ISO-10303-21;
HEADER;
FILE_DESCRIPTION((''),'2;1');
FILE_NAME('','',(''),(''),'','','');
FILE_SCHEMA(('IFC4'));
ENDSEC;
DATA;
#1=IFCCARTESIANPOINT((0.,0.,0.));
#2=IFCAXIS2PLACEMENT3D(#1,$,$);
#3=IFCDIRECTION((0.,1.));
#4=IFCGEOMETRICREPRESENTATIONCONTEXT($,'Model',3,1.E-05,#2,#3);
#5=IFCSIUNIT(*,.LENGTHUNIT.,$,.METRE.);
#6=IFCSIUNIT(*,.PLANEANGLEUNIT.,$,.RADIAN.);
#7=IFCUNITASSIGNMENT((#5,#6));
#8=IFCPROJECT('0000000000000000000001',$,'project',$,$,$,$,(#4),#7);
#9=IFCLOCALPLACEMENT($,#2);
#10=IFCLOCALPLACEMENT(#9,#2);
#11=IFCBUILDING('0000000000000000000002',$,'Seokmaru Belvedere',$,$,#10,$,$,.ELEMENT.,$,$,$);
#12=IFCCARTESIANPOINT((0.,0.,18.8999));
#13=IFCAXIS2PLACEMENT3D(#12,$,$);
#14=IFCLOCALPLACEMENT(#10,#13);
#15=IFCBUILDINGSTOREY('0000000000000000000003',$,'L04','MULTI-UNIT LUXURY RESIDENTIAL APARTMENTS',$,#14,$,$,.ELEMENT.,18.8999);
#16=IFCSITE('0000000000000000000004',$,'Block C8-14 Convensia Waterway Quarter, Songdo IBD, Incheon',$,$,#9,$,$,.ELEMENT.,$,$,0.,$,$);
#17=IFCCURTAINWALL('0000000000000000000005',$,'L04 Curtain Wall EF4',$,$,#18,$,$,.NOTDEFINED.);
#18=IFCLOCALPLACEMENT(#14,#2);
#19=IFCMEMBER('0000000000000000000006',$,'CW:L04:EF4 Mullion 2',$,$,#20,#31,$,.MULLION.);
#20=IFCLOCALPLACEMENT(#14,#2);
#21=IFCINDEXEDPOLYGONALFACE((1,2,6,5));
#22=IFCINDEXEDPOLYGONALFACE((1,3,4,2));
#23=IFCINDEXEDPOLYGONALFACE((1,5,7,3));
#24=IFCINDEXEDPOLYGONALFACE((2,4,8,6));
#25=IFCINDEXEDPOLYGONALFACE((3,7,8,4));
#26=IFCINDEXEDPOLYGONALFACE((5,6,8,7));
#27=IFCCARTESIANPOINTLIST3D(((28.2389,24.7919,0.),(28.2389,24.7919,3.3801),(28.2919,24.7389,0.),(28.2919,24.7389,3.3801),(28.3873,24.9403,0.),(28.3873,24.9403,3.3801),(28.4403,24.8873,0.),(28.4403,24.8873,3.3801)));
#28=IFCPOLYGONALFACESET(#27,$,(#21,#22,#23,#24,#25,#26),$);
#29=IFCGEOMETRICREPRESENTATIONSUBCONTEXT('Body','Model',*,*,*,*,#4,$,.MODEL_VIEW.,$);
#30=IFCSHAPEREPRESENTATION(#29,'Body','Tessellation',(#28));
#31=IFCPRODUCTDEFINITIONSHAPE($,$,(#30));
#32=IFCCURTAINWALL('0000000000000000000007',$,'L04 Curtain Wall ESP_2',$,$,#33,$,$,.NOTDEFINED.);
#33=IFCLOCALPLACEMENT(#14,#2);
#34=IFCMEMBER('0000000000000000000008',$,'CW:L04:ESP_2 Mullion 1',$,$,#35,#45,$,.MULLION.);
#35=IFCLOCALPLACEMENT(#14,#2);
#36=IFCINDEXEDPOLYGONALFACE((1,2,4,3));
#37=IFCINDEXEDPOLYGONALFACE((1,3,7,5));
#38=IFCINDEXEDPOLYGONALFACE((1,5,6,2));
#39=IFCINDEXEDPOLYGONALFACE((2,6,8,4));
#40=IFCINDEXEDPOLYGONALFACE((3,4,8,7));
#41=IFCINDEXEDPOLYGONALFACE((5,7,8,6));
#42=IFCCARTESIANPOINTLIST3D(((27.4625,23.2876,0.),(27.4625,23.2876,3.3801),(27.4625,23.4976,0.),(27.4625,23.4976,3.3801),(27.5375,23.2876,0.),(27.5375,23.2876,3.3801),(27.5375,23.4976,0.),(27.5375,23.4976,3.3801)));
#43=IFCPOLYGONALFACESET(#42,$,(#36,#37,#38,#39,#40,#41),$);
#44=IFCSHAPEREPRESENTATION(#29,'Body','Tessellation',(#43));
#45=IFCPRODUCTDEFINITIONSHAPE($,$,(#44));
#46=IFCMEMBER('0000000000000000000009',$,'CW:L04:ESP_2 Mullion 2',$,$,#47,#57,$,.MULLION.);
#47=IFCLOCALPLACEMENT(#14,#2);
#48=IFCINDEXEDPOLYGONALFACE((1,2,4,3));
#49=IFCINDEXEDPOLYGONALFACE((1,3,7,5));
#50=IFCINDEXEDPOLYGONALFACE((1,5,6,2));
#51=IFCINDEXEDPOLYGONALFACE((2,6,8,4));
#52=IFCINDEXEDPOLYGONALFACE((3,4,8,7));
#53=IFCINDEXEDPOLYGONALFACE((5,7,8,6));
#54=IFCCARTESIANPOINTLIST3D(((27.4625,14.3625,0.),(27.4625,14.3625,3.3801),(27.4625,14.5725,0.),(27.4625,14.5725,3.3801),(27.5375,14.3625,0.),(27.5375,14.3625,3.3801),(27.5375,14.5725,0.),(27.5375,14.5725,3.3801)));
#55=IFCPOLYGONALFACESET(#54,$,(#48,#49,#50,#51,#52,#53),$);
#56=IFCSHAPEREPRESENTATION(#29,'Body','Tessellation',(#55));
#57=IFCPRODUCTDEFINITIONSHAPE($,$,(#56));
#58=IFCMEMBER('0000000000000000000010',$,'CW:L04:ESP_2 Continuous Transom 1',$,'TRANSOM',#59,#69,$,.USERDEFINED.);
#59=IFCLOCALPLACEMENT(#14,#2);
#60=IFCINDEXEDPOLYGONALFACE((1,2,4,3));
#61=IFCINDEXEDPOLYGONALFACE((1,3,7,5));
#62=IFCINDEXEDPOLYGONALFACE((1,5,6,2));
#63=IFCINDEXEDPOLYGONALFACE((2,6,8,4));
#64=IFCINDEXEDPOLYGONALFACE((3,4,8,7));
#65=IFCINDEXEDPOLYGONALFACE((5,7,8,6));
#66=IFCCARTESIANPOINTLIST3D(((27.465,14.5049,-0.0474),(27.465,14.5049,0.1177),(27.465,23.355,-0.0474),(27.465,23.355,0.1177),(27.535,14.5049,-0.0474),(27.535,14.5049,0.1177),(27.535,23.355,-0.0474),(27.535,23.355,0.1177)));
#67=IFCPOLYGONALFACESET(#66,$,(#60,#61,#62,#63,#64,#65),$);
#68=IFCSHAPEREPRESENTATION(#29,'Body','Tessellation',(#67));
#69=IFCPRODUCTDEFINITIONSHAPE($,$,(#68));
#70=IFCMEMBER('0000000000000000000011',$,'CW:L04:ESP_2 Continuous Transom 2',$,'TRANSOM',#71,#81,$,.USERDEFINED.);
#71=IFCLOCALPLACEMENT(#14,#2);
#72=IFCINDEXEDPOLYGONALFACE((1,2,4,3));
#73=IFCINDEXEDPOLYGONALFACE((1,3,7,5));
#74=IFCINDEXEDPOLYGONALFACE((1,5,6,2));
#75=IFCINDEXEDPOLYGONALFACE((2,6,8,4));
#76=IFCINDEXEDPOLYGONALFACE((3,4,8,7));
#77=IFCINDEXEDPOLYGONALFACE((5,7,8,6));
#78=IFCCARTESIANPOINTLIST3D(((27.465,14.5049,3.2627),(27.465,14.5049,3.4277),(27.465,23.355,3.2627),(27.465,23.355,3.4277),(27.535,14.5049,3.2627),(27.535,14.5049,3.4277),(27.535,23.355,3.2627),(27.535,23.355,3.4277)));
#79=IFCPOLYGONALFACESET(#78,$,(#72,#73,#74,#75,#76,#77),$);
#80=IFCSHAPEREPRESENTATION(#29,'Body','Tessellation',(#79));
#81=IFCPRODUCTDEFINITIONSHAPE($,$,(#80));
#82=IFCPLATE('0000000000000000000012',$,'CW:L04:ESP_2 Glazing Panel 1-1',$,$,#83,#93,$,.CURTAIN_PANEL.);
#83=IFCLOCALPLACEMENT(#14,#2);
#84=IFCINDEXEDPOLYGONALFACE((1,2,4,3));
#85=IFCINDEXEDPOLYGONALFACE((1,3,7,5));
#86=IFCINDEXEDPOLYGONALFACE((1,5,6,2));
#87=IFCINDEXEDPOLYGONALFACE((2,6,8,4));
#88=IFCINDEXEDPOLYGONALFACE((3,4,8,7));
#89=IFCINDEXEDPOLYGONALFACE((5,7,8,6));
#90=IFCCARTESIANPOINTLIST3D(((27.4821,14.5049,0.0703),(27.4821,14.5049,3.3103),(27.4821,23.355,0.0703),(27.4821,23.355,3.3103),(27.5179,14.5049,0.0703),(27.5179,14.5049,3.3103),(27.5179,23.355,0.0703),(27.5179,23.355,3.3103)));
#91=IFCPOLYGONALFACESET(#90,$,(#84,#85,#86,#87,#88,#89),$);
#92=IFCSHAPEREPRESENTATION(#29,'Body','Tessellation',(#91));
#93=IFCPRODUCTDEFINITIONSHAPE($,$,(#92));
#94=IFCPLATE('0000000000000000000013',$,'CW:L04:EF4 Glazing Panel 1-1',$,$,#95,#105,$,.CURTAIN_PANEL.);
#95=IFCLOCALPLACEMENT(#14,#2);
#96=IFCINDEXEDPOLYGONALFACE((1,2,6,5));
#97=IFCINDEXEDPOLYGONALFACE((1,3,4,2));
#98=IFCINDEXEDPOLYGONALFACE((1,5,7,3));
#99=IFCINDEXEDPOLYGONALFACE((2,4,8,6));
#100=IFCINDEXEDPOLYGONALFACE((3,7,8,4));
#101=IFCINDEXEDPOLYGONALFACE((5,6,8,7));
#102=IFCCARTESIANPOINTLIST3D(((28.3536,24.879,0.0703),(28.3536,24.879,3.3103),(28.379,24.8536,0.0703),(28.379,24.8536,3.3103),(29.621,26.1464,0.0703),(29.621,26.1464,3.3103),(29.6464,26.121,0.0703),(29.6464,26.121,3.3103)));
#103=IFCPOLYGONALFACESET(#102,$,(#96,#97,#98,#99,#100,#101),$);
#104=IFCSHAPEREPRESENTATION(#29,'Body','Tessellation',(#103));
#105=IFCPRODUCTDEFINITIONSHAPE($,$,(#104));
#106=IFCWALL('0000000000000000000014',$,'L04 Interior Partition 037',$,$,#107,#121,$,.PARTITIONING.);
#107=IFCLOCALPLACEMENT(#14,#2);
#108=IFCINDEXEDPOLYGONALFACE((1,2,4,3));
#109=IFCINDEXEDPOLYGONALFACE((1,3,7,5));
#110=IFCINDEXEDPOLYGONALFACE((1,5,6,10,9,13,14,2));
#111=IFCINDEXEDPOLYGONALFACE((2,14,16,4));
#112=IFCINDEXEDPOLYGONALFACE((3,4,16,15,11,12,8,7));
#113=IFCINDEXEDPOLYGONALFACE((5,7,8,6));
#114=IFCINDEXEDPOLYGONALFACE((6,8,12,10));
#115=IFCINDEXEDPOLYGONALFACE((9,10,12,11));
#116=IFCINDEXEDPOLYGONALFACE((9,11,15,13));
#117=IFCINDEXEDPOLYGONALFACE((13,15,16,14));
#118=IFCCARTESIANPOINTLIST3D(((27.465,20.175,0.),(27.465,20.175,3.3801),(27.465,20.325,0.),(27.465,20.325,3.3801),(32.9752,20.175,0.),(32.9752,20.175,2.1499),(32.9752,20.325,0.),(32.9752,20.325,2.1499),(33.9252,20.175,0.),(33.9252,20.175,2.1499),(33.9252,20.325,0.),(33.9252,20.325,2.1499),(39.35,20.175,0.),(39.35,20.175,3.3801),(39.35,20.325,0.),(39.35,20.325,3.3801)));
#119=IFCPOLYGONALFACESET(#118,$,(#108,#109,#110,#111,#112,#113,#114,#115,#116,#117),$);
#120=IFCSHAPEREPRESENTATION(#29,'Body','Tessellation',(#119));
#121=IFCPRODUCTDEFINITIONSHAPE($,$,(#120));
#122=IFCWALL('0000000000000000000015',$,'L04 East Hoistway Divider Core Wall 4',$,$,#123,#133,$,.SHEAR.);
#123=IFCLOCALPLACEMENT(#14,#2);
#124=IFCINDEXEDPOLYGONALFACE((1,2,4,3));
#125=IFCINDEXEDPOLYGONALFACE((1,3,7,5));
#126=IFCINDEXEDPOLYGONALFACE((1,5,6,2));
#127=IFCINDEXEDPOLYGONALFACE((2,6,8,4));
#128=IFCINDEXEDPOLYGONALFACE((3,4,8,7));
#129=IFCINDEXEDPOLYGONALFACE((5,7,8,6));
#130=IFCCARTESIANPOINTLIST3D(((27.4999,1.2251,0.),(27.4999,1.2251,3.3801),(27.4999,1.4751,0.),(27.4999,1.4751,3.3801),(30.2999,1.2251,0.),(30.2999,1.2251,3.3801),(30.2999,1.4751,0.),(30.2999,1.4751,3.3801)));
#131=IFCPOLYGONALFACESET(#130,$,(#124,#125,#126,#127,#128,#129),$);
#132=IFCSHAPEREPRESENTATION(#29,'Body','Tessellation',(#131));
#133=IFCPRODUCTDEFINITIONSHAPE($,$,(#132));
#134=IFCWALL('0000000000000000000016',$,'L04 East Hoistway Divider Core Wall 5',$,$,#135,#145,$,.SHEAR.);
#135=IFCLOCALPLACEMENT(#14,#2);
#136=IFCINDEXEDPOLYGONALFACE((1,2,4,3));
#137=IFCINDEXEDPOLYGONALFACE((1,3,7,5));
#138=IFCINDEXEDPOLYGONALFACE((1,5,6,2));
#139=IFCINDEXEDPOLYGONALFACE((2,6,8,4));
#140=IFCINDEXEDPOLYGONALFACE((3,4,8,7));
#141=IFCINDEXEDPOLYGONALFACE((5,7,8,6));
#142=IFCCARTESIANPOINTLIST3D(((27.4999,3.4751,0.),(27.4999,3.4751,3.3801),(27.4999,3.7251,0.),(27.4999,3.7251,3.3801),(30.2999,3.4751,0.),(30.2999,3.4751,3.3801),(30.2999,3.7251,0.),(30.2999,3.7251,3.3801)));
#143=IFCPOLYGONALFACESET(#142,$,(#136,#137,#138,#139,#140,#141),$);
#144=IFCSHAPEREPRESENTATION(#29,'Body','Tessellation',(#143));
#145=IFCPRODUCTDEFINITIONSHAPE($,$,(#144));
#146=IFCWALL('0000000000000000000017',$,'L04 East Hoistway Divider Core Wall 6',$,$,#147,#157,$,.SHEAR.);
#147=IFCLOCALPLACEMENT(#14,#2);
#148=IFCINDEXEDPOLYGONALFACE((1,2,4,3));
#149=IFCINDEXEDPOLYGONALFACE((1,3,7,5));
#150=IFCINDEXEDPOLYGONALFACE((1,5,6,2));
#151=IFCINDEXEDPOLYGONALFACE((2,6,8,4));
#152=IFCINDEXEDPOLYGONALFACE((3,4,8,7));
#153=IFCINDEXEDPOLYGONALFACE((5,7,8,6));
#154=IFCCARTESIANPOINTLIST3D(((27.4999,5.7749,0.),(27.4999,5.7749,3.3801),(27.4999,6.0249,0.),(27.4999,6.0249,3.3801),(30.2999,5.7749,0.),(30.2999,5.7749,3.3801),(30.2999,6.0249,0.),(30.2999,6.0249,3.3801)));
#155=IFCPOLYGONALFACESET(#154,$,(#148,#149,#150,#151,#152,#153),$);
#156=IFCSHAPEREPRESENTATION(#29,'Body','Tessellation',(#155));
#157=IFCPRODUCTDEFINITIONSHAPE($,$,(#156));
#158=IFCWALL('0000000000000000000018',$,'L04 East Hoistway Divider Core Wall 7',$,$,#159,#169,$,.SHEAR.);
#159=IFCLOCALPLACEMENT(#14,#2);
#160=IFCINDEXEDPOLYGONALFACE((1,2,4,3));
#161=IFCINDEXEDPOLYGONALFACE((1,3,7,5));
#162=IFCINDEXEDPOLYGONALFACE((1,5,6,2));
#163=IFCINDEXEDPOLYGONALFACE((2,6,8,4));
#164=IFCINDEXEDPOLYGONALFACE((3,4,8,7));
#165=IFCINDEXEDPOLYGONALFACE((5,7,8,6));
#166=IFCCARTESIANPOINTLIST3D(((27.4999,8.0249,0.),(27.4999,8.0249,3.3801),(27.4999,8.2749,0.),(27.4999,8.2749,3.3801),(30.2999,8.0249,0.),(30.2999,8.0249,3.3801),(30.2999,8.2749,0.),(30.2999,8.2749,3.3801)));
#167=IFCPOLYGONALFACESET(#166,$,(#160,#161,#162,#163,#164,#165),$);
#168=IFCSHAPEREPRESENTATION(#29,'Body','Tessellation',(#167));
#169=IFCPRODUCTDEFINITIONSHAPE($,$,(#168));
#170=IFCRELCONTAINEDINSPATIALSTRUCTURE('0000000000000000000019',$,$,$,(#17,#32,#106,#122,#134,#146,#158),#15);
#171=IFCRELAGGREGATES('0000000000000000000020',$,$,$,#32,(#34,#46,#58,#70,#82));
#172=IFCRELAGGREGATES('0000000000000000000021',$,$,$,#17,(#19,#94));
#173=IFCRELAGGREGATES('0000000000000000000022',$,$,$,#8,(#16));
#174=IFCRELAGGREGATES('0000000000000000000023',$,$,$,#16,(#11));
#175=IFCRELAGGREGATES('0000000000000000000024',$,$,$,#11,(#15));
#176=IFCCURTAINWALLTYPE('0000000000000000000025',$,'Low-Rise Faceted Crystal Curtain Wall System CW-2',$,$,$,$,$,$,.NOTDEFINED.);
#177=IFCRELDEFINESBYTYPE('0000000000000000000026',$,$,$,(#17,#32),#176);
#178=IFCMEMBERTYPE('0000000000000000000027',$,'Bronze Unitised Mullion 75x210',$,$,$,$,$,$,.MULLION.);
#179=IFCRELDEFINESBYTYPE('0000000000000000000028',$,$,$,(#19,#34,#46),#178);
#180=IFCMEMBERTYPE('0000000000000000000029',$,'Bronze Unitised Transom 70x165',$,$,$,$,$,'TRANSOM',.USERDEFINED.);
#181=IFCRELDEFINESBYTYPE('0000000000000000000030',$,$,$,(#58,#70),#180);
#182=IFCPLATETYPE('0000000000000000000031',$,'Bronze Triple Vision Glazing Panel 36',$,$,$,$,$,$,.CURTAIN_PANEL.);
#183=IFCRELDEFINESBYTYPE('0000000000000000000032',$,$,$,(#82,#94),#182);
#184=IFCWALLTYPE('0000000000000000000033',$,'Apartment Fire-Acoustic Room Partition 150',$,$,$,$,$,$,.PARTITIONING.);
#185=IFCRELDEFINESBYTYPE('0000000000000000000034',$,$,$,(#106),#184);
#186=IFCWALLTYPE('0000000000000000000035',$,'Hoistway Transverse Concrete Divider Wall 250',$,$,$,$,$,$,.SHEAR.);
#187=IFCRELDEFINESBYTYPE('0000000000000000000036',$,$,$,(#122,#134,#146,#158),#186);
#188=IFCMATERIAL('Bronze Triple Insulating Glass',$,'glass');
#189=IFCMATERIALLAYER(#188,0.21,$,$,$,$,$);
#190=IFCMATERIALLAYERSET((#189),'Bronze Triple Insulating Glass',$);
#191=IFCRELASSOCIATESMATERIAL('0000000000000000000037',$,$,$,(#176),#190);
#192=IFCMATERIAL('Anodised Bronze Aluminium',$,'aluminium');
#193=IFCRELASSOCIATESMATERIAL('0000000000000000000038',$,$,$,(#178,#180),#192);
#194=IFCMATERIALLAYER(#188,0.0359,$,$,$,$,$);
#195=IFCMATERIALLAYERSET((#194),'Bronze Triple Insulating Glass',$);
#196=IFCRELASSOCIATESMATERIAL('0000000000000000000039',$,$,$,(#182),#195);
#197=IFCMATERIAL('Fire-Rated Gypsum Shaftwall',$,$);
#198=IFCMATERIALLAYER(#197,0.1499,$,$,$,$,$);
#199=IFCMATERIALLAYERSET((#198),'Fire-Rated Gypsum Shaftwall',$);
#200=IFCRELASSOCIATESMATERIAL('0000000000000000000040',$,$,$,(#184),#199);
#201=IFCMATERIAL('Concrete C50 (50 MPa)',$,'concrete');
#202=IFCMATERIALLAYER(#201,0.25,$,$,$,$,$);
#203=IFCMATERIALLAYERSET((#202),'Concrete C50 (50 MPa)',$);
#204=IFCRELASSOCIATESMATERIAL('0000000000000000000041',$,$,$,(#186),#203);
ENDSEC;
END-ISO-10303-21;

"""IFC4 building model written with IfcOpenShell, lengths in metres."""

from ifc_helpers import new_model, si_unit, direction, frame, frame_2d, origin, origin_2d, place, context, subcontext, project, spatial, rectangle, extrude, source, transform, mapped, material, layer, layer_set, material_profile, profile_set, type_object, type_shapes, element, aggregate, save


model = new_model("IFC4")

# Units and contexts
model_context = context("Model", 3, precision=1e-05, world=origin(), true_north=direction((0.0, 1.0)))
body_context = subcontext(model_context, "Body", "Model", "MODEL_VIEW")
ifc_project = project(units=[si_unit("LENGTHUNIT", "METRE"), si_unit("PLANEANGLEUNIT", "RADIAN")], contexts=[model_context])

# Site, building, storey
site_placement = place(None, origin())
site = spatial("IfcSite", under=ifc_project, at=site_placement, Name="Block C8-14 Convensia Waterway Quarter, Songdo IBD, Incheon", CompositionType="ELEMENT", RefElevation=0.0)
building_placement = place(site_placement, origin())
building = spatial("IfcBuilding", under=site, at=building_placement, Name="Seokmaru Belvedere", CompositionType="ELEMENT")
storey_placement = place(building_placement, frame((0.0, 0.0, 18.8999)))
storey = spatial("IfcBuildingStorey", under=building, at=storey_placement, Name="L04", Description="MULTI-UNIT LUXURY RESIDENTIAL APARTMENTS", CompositionType="ELEMENT", Elevation=18.8999)

# Curtain wall, member
ifc_material_1 = material(Name="Bronze Triple Insulating Glass", Category="glass")
ifc_layer_1 = layer(ifc_material_1, 0.21)
ifc_layer_set_1 = layer_set([ifc_layer_1], Name="Bronze Triple Insulating Glass")
curtain_wall_type = type_object("IfcCurtainWallType", Name="Low-Rise Faceted Crystal Curtain Wall System CW-2", PredefinedType="NOTDEFINED", material=ifc_layer_set_1)
curtain_wall_1_placement = place(storey_placement, origin())
curtain_wall_1 = element("IfcCurtainWall", 1, at=curtain_wall_1_placement, inside=storey, type_object=curtain_wall_type, Name="L04 Curtain Wall EF4", PredefinedType="NOTDEFINED")
ifc_material_2 = material(Name="Anodised Bronze Aluminium", Category="aluminium")
ifc_material_profile_1 = material_profile(ifc_material_2, rectangle(XDim=0.075, YDim=0.21, at=origin_2d()), Name="CW-M-75x210")
ifc_profile_set_1 = profile_set([ifc_material_profile_1], Name="Anodised Bronze Aluminium")
member_type_1 = type_object("IfcMemberType", Name="Bronze Unitised Mullion 75x210", PredefinedType="MULLION", material=ifc_profile_set_1)
shared_shape_1 = source(origin(), body_context, "Body", "SweptSolid", [
    extrude(rectangle(XDim=0.075, YDim=0.21, at=origin_2d()), origin(), (0.0, 0.0, 1.0), 3.3801),
])
type_shapes(member_type_1, [shared_shape_1])
member_1_placement = place(storey_placement, frame((28.3396, 24.8396, 0.0), z_axis=(0.0, 0.0, 1.0), x_axis=(0.707107, -0.707107, 0.0)))
member_1 = element("IfcMember", 2, at=member_1_placement, type_object=member_type_1, Name="CW:L04:EF4 Mullion 2", PredefinedType="MULLION", context=body_context, shape_type="MappedRepresentation", body=[
    mapped(shared_shape_1, transform((0.0, 0.0, 0.0), scale=1.0)),
])

# Curtain wall, members, plate
curtain_wall_2_placement = place(storey_placement, origin())
curtain_wall_2 = element("IfcCurtainWall", 3, at=curtain_wall_2_placement, inside=storey, type_object=curtain_wall_type, Name="L04 Curtain Wall ESP_2", PredefinedType="NOTDEFINED")
member_2_placement = place(storey_placement, frame((27.5, 23.3926, 0.0), z_axis=(0.0, 0.0, 1.0), x_axis=(1.0, 0.0, 0.0)))
member_2 = element("IfcMember", 4, at=member_2_placement, type_object=member_type_1, Name="CW:L04:ESP_2 Mullion 1", PredefinedType="MULLION", context=body_context, shape_type="MappedRepresentation", body=[
    mapped(shared_shape_1, transform((0.0, 0.0, 0.0), scale=1.0)),
])
member_3_placement = place(storey_placement, frame((27.5, 14.4675, 0.0), z_axis=(0.0, 0.0, 1.0), x_axis=(1.0, 0.0, 0.0)))
member_3 = element("IfcMember", 5, at=member_3_placement, type_object=member_type_1, Name="CW:L04:ESP_2 Mullion 2", PredefinedType="MULLION", context=body_context, shape_type="MappedRepresentation", body=[
    mapped(shared_shape_1, transform((0.0, 0.0, 0.0), scale=1.0)),
])
ifc_material_profile_2 = material_profile(ifc_material_2, rectangle(XDim=0.0701, YDim=0.165, at=origin_2d()), Name="CW-T-70x165")
ifc_profile_set_2 = profile_set([ifc_material_profile_2], Name="Anodised Bronze Aluminium")
member_type_2 = type_object("IfcMemberType", Name="Bronze Unitised Transom 70x165", ElementType="TRANSOM", PredefinedType="USERDEFINED", material=ifc_profile_set_2)
shared_shape_2 = source(origin(), body_context, "Body", "SweptSolid", [
    extrude(rectangle(XDim=0.0701, YDim=0.165, at=origin_2d()), origin(), (0.0, 0.0, 1.0), 8.8501),
])
type_shapes(member_type_2, [shared_shape_2])
member_4_placement = place(storey_placement, frame((27.5, 23.355, 0.0352), z_axis=(0.0, -1.0, 0.0), x_axis=(1.0, 0.0, 0.0)))
member_4 = element("IfcMember", 6, at=member_4_placement, type_object=member_type_2, Name="CW:L04:ESP_2 Continuous Transom 1", ObjectType="TRANSOM", PredefinedType="USERDEFINED", context=body_context, shape_type="MappedRepresentation", body=[
    mapped(shared_shape_2, transform((0.0, 0.0, 0.0), scale=1.0)),
])
member_5_placement = place(storey_placement, frame((27.5, 23.355, 3.3452), z_axis=(0.0, -1.0, 0.0), x_axis=(1.0, 0.0, 0.0)))
member_5 = element("IfcMember", 7, at=member_5_placement, type_object=member_type_2, Name="CW:L04:ESP_2 Continuous Transom 2", ObjectType="TRANSOM", PredefinedType="USERDEFINED", context=body_context, shape_type="MappedRepresentation", body=[
    mapped(shared_shape_2, transform((0.0, 0.0, 0.0), scale=1.0)),
])
ifc_layer_2 = layer(ifc_material_1, 0.0359)
ifc_layer_set_2 = layer_set([ifc_layer_2], Name="Bronze Triple Insulating Glass")
plate_type = type_object("IfcPlateType", Name="Bronze Triple Vision Glazing Panel 36", PredefinedType="CURTAIN_PANEL", material=ifc_layer_set_2)
shared_shape_3 = source(origin(), body_context, "Body", "SweptSolid", [
    extrude(rectangle(XDim=8.8501, YDim=0.0359, at=origin_2d()), origin(), (0.0, 0.0, 1.0), 3.24),
])
plate_1_placement = place(storey_placement, frame((27.5, 18.9299, 0.0703), z_axis=(0.0, 0.0, 1.0), x_axis=(0.0, -1.0, 0.0)))
plate_1 = element("IfcPlate", 8, at=plate_1_placement, type_object=plate_type, Name="CW:L04:ESP_2 Glazing Panel 1-1", PredefinedType="CURTAIN_PANEL", context=body_context, shape_type="MappedRepresentation", body=[
    mapped(shared_shape_3, transform((0.0, 0.0, 0.0), scale=1.0)),
])
aggregate(curtain_wall_2, [member_2, member_3, member_4, member_5, plate_1])

# Plate
shared_shape_4 = source(origin(), body_context, "Body", "SweptSolid", [
    extrude(rectangle(XDim=1.7925, YDim=0.0359, at=origin_2d()), origin(), (0.0, 0.0, 1.0), 3.24),
])
type_shapes(plate_type, [shared_shape_3, shared_shape_4])
plate_2_placement = place(storey_placement, frame((29.0, 25.5, 0.0703), z_axis=(0.0, 0.0, 1.0), x_axis=(-0.707107, -0.707107, 0.0)))
plate_2 = element("IfcPlate", 9, at=plate_2_placement, type_object=plate_type, Name="CW:L04:EF4 Glazing Panel 1-1", PredefinedType="CURTAIN_PANEL", context=body_context, shape_type="MappedRepresentation", body=[
    mapped(shared_shape_4, transform((0.0, 0.0, 0.0), scale=1.0)),
])
aggregate(curtain_wall_1, [member_1, plate_2])

# Wall, opening
ifc_material_3 = material(Name="Fire-Rated Gypsum Shaftwall")
ifc_layer_3 = layer(ifc_material_3, 0.1499)
ifc_layer_set_3 = layer_set([ifc_layer_3], Name="Fire-Rated Gypsum Shaftwall")
wall_type_1 = type_object("IfcWallType", Name="Apartment Fire-Acoustic Room Partition 150", PredefinedType="PARTITIONING", material=ifc_layer_set_3)
wall_1_placement = place(storey_placement, frame((27.4651, 20.25, 0.0), z_axis=(0.0, 0.0, 1.0), x_axis=(1.0, 0.0, 0.0)))
wall_1 = element("IfcWall", 10, at=wall_1_placement, inside=storey, type_object=wall_type_1, Name="L04 Interior Partition 037", PredefinedType="PARTITIONING", context=body_context, shape_type="SweptSolid", body=[
    extrude(rectangle(XDim=11.885, YDim=0.1499, at=frame_2d((5.9424, 0.0))), origin(), (0.0, 0.0, 1.0), 3.3801),
])
opening_1_placement = place(wall_1_placement, frame((5.51, 0.0, 0.0)))
element("IfcOpeningElement", 11, at=opening_1_placement, cuts=wall_1, PredefinedType="OPENING", context=body_context, shape_type="SweptSolid", body=[
    extrude(rectangle(XDim=0.95, YDim=2.1499, at=frame_2d((0.4751, 1.075))), frame((0.0, 0.085, 0.0), z_axis=(0.0, -1.0, 0.0), x_axis=(1.0, 0.0, 0.0)), (0.0, 0.0, 1.0), 0.1699),
])

# Walls
ifc_material_4 = material(Name="Concrete C50 (50 MPa)", Category="concrete")
ifc_layer_4 = layer(ifc_material_4, 0.25)
ifc_layer_set_4 = layer_set([ifc_layer_4], Name="Concrete C50 (50 MPa)")
wall_type_2 = type_object("IfcWallType", Name="Hoistway Transverse Concrete Divider Wall 250", PredefinedType="SHEAR", material=ifc_layer_set_4)
for number, where, z_axis, x_axis, name in (
    (12, (27.5, 1.3501, 0.0), (0.0, 0.0, 1.0), (1.0, 0.0, 0.0), "L04 East Hoistway Divider Core Wall 4"),
    (13, (27.5, 3.6001, 0.0), (0.0, 0.0, 1.0), (1.0, 0.0, 0.0), "L04 East Hoistway Divider Core Wall 5"),
    (14, (27.5, 5.8999, 0.0), (0.0, 0.0, 1.0), (1.0, 0.0, 0.0), "L04 East Hoistway Divider Core Wall 6"),
    (15, (27.5, 8.1499, 0.0), (0.0, 0.0, 1.0), (1.0, 0.0, 0.0), "L04 East Hoistway Divider Core Wall 7"),
):
    element("IfcWall", number, at=place(storey_placement, frame(where, z_axis=z_axis, x_axis=x_axis)), inside=storey, type_object=wall_type_2, Name=name, PredefinedType="SHEAR", context=body_context, shape_type="SweptSolid", body=[
        extrude(rectangle(XDim=2.8, YDim=0.25, at=frame_2d((1.3999, 0.0))), origin(), (0.0, 0.0, 1.0), 3.3801),
    ])

save(model, "model.ifc")
